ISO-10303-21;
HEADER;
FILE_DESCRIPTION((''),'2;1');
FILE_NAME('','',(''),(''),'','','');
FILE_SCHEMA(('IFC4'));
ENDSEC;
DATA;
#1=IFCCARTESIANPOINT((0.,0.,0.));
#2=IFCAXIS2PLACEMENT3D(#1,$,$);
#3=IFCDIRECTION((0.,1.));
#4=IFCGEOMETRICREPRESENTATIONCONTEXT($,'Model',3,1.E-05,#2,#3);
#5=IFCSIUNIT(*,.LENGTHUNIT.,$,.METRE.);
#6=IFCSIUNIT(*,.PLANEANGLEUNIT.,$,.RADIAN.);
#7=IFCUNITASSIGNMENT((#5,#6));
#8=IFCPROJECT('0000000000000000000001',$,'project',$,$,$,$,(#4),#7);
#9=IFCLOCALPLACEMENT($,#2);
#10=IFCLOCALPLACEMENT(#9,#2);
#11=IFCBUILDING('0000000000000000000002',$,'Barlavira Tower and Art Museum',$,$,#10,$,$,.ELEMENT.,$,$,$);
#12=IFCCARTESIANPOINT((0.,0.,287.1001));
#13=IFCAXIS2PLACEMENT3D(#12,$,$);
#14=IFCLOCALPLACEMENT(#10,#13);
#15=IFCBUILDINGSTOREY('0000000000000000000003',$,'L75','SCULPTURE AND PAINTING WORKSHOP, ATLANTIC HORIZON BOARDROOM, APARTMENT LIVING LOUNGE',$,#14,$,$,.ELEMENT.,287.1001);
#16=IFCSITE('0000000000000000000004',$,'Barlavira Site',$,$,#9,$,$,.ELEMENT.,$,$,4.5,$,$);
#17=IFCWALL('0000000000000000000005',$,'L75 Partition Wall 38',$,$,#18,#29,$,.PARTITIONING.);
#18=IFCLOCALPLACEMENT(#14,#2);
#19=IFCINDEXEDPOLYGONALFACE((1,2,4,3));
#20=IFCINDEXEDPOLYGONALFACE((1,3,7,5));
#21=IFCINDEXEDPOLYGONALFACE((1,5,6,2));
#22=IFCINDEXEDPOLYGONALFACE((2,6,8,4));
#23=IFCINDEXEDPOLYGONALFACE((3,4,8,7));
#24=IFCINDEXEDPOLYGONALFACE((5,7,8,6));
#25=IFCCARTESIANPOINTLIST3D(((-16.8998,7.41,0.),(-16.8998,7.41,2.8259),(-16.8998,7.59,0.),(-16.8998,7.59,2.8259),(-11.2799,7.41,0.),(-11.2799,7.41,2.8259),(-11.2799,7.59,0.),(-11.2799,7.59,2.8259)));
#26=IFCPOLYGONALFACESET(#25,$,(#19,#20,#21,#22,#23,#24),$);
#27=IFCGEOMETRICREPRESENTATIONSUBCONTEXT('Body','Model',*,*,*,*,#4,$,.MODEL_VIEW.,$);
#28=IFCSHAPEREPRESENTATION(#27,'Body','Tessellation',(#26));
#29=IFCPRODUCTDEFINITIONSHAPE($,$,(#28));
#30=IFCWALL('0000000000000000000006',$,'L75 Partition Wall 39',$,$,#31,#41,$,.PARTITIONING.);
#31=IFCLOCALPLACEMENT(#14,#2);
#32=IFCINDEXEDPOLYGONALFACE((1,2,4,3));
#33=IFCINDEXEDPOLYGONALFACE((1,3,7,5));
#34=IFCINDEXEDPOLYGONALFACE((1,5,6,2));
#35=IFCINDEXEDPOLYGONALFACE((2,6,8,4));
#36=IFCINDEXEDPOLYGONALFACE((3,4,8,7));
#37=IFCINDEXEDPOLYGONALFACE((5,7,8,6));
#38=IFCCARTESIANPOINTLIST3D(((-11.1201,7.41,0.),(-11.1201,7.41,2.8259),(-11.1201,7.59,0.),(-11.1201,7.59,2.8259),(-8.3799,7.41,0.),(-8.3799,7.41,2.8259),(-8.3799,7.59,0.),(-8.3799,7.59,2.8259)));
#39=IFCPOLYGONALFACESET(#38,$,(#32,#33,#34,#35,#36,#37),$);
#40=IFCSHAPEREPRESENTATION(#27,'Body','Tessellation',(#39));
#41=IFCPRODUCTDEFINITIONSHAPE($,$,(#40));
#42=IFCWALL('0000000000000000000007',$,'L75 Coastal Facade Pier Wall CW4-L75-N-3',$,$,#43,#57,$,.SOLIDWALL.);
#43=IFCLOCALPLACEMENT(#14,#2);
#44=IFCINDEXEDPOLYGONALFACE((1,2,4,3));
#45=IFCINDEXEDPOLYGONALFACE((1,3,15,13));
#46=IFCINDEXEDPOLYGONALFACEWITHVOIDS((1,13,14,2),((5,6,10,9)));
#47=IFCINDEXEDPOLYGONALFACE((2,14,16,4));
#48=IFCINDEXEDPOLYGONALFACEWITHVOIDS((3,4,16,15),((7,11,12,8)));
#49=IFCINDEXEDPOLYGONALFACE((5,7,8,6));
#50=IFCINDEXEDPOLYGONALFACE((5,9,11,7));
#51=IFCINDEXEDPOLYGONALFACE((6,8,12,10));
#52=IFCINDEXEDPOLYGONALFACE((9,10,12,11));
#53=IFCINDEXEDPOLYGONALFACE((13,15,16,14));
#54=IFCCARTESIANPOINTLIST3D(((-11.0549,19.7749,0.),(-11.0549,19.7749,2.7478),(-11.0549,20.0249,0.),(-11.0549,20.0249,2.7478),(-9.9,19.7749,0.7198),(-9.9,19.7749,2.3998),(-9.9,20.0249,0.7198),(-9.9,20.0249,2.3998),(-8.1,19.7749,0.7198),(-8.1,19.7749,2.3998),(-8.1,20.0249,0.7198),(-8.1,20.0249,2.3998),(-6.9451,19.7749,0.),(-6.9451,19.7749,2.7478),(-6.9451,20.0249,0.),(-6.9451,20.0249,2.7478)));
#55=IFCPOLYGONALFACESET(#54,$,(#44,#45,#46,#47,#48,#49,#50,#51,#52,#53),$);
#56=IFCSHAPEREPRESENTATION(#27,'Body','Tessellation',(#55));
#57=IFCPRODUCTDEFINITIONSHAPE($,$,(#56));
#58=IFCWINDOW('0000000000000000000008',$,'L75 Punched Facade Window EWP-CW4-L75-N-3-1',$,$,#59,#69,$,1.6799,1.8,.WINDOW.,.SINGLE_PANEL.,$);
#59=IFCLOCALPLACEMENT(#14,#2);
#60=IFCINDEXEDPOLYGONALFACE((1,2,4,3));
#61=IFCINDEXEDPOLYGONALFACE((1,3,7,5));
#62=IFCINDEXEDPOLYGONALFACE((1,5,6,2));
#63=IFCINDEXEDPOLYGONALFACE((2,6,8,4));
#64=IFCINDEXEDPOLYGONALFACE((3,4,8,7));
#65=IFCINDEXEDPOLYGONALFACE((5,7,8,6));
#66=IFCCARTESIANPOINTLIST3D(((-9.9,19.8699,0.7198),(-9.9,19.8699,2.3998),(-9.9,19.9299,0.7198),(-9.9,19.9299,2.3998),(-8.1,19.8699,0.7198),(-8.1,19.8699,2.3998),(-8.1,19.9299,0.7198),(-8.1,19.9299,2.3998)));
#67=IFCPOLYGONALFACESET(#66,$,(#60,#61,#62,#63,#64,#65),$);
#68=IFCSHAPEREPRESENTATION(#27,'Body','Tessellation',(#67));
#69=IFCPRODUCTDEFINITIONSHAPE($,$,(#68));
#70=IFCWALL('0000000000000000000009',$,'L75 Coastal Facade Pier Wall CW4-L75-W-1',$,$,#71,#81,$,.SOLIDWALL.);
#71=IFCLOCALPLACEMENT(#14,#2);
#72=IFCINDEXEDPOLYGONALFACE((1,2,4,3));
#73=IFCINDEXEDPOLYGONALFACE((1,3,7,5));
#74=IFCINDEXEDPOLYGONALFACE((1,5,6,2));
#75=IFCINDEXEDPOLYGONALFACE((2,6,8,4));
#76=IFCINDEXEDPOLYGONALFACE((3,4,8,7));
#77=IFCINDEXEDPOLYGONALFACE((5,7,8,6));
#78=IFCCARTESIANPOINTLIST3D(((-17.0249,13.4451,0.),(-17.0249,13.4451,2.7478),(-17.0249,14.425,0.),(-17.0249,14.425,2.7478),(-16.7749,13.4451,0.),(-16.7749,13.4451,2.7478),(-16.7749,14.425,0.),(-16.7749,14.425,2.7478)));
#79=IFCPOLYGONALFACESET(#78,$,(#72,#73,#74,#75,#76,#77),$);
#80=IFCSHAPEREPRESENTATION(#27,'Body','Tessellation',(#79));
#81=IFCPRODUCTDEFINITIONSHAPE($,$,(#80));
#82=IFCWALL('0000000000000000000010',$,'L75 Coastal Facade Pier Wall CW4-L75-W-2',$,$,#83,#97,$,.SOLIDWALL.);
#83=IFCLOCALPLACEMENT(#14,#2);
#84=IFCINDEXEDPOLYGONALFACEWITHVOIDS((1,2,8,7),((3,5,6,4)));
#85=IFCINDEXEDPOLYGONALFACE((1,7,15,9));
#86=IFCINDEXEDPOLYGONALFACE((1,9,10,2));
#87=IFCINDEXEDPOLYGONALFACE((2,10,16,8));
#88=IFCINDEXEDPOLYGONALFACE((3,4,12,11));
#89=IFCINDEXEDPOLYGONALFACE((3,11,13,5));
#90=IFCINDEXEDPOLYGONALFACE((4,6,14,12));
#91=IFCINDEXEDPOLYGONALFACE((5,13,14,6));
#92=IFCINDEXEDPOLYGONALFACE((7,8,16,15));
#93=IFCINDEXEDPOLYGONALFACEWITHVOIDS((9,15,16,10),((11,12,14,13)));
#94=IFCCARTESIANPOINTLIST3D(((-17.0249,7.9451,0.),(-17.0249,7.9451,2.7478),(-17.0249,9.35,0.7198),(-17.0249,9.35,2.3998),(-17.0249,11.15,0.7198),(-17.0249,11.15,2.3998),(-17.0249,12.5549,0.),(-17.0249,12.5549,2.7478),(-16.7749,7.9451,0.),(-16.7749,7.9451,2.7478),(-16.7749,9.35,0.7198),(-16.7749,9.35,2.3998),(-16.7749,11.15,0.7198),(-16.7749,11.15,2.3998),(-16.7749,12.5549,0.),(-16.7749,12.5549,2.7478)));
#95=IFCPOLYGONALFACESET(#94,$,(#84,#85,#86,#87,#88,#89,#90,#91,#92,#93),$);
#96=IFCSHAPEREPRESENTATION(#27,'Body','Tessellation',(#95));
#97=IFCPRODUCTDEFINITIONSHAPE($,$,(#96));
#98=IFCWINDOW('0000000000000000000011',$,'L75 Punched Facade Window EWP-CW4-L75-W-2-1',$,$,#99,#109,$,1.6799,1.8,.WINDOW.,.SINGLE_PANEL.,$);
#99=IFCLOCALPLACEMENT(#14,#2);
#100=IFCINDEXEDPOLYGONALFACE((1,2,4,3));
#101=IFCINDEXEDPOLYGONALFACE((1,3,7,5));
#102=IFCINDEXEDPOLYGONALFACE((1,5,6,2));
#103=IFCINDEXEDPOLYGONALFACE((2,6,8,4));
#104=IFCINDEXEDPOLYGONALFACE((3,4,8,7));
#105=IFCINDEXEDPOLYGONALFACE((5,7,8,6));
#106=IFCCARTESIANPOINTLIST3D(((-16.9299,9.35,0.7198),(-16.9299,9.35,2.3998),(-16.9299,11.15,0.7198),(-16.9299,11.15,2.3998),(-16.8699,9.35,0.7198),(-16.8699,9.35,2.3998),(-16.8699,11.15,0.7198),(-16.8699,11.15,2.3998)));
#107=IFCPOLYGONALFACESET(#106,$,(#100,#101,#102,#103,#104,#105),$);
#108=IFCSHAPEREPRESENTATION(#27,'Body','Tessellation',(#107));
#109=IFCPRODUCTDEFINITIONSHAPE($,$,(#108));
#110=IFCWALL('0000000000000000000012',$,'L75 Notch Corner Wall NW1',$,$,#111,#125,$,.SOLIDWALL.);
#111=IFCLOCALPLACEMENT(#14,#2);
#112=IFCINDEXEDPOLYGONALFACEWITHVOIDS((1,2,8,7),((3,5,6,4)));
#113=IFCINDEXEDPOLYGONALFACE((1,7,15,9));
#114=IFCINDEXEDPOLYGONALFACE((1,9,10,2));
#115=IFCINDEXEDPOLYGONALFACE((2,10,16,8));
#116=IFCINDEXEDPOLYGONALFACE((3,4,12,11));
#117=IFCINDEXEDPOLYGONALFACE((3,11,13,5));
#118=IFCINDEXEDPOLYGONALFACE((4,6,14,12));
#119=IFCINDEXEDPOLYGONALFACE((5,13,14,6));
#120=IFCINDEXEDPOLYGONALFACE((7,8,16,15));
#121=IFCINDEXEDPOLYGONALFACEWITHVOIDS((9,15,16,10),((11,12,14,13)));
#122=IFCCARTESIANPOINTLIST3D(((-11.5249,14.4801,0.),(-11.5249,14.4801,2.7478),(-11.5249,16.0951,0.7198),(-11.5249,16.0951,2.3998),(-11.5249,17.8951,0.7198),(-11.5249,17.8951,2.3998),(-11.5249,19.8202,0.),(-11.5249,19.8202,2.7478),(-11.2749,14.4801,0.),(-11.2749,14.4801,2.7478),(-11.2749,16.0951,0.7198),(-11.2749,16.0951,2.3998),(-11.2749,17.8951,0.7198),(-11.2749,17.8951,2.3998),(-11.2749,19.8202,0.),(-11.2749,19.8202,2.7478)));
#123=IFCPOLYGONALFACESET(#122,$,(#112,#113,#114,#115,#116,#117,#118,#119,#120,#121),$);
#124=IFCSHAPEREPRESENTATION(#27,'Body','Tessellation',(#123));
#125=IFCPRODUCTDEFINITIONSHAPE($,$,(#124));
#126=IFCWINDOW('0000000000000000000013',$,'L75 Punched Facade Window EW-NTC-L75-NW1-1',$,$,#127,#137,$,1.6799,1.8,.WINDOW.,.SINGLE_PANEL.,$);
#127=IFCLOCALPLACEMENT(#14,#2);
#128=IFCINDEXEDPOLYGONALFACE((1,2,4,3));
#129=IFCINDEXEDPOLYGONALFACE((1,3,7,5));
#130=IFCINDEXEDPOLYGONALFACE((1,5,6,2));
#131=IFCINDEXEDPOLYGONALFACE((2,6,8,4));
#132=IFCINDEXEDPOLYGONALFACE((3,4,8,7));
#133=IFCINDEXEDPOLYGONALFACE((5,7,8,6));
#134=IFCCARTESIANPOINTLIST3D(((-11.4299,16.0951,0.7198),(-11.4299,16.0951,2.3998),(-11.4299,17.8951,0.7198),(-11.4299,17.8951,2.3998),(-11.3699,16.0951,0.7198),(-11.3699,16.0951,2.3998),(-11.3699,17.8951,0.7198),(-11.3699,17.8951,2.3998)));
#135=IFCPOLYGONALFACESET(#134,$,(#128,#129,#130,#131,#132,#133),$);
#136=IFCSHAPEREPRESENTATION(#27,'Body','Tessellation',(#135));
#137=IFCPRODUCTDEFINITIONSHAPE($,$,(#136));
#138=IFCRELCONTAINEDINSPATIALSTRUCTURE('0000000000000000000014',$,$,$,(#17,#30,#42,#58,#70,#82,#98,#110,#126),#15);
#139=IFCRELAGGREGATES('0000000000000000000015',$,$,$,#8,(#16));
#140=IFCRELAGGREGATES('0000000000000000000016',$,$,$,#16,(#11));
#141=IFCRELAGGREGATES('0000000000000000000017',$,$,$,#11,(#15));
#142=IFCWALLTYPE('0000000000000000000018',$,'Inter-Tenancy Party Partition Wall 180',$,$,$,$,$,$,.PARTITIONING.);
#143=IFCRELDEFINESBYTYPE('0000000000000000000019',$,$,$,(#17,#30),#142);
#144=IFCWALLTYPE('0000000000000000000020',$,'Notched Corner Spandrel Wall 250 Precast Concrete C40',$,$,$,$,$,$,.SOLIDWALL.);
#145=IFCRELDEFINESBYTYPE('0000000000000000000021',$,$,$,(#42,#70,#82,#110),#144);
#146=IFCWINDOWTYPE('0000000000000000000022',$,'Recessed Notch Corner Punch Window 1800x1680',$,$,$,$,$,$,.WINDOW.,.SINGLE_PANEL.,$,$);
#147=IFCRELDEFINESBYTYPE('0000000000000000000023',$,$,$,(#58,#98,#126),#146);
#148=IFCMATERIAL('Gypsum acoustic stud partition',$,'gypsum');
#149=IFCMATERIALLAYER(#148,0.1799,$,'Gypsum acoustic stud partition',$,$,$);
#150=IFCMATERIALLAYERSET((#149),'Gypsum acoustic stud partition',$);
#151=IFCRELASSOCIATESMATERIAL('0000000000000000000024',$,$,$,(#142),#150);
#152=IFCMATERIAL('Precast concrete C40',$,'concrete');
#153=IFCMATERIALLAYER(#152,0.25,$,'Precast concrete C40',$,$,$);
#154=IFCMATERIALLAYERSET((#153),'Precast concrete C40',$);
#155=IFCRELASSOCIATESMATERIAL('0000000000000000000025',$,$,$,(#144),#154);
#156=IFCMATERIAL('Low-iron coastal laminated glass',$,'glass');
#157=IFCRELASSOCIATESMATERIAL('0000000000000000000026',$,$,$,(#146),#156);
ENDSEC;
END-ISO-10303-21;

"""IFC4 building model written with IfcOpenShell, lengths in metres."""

from ifc_helpers import new_model, si_unit, direction, frame, frame_2d, origin, place, context, subcontext, project, spatial, rectangle, extrude, material, layer, layer_set, type_object, element, fill, save


model = new_model("IFC4")

# Units and contexts
model_context = context("Model", 3, precision=1e-05, world=origin(), true_north=direction((0.0, 1.0)))
body_context = subcontext(model_context, "Body", "Model", "MODEL_VIEW")
ifc_project = project(units=[si_unit("LENGTHUNIT", "METRE"), si_unit("PLANEANGLEUNIT", "RADIAN")], contexts=[model_context])

# Site, building, storey
site_placement = place(None, origin())
site = spatial("IfcSite", under=ifc_project, at=site_placement, Name="Barlavira Site", CompositionType="ELEMENT", RefElevation=4.5)
building_placement = place(site_placement, origin())
building = spatial("IfcBuilding", under=site, at=building_placement, Name="Barlavira Tower and Art Museum", CompositionType="ELEMENT")
storey_placement = place(building_placement, frame((0.0, 0.0, 287.1001)))
storey = spatial("IfcBuildingStorey", under=building, at=storey_placement, Name="L75", Description="SCULPTURE AND PAINTING WORKSHOP, ATLANTIC HORIZON BOARDROOM, APARTMENT LIVING LOUNGE", CompositionType="ELEMENT", Elevation=287.1001)

# Walls
ifc_material_1 = material(Name="Gypsum acoustic stud partition", Category="gypsum")
ifc_layer_1 = layer(ifc_material_1, 0.1799, Name="Gypsum acoustic stud partition")
ifc_layer_set_1 = layer_set([ifc_layer_1], Name="Gypsum acoustic stud partition")
wall_type_1 = type_object("IfcWallType", Name="Inter-Tenancy Party Partition Wall 180", PredefinedType="PARTITIONING", material=ifc_layer_set_1)
wall_1_placement = place(storey_placement, frame((-16.8999, 7.5, 0.0), z_axis=(0.0, 0.0, 1.0), x_axis=(1.0, 0.0, 0.0)))
element("IfcWall", 1, at=wall_1_placement, inside=storey, type_object=wall_type_1, Name="L75 Partition Wall 38", PredefinedType="PARTITIONING", context=body_context, shape_type="SweptSolid", body=[
    extrude(rectangle(XDim=5.6199, YDim=0.1799, at=frame_2d((2.8101, 0.0))), origin(), (0.0, 0.0, 1.0), 2.8259),
])
wall_2_placement = place(storey_placement, frame((-11.1201, 7.5, 0.0), z_axis=(0.0, 0.0, 1.0), x_axis=(1.0, 0.0, 0.0)))
element("IfcWall", 2, at=wall_2_placement, inside=storey, type_object=wall_type_1, Name="L75 Partition Wall 39", PredefinedType="PARTITIONING", context=body_context, shape_type="SweptSolid", body=[
    extrude(rectangle(XDim=2.7402, YDim=0.1799, at=frame_2d((1.3701, 0.0))), origin(), (0.0, 0.0, 1.0), 2.8259),
])

# Wall, opening, window
ifc_material_2 = material(Name="Precast concrete C40", Category="concrete")
ifc_layer_2 = layer(ifc_material_2, 0.25, Name="Precast concrete C40")
ifc_layer_set_2 = layer_set([ifc_layer_2], Name="Precast concrete C40")
wall_type_2 = type_object("IfcWallType", Name="Notched Corner Spandrel Wall 250 Precast Concrete C40", PredefinedType="SOLIDWALL", material=ifc_layer_set_2)
wall_3_placement = place(storey_placement, frame((-6.9451, 19.8999, 0.0), z_axis=(0.0, 0.0, 1.0), x_axis=(-1.0, 0.0, 0.0)))
wall_3 = element("IfcWall", 3, at=wall_3_placement, inside=storey, type_object=wall_type_2, Name="L75 Coastal Facade Pier Wall CW4-L75-N-3", PredefinedType="SOLIDWALL", context=body_context, shape_type="SweptSolid", body=[
    extrude(rectangle(XDim=4.1099, YDim=0.25, at=frame_2d((2.0549, 0.0))), origin(), (0.0, 0.0, 1.0), 2.7478),
])
opening_1_placement = place(wall_3_placement, frame((1.155, 0.0, 0.72)))
opening_1 = element("IfcOpeningElement", 4, at=opening_1_placement, cuts=wall_3, PredefinedType="OPENING", context=body_context, shape_type="SweptSolid", body=[
    extrude(rectangle(XDim=1.8, YDim=1.6799, at=frame_2d((0.8999, 0.8398))), frame((0.0, 0.135, 0.0), z_axis=(0.0, -1.0, 0.0), x_axis=(1.0, 0.0, 0.0)), (0.0, 0.0, 1.0), 0.27),
])
ifc_material_3 = material(Name="Low-iron coastal laminated glass", Category="glass")
window_type = type_object("IfcWindowType", Name="Recessed Notch Corner Punch Window 1800x1680", PartitioningType="SINGLE_PANEL", PredefinedType="WINDOW", material=ifc_material_3)
window_1_placement = place(opening_1_placement, origin())
window_1 = element("IfcWindow", 5, at=window_1_placement, inside=storey, type_object=window_type, Name="L75 Punched Facade Window EWP-CW4-L75-N-3-1", OverallHeight=1.6799, OverallWidth=1.8, PartitioningType="SINGLE_PANEL", PredefinedType="WINDOW", context=body_context, shape_type="SweptSolid", body=[
    extrude(rectangle(XDim=1.8, YDim=1.6799, at=frame_2d((0.8999, 0.8398))), frame((0.0, 0.03, 0.0), z_axis=(0.0, -1.0, 0.0), x_axis=(1.0, 0.0, 0.0)), (0.0, 0.0, 1.0), 0.0601),
])
fill(opening_1, window_1)

# Wall
wall_4_placement = place(storey_placement, frame((-16.8999, 14.425, 0.0), z_axis=(0.0, 0.0, 1.0), x_axis=(0.0, -1.0, 0.0)))
element("IfcWall", 6, at=wall_4_placement, inside=storey, type_object=wall_type_2, Name="L75 Coastal Facade Pier Wall CW4-L75-W-1", PredefinedType="SOLIDWALL", context=body_context, shape_type="SweptSolid", body=[
    extrude(rectangle(XDim=0.98, YDim=0.25, at=frame_2d((0.49, 0.0))), origin(), (0.0, 0.0, 1.0), 2.7478),
])

# Walls, openings, windows
wall_5_placement = place(storey_placement, frame((-16.8999, 12.5549, 0.0), z_axis=(0.0, 0.0, 1.0), x_axis=(0.0, -1.0, 0.0)))
wall_5 = element("IfcWall", 7, at=wall_5_placement, inside=storey, type_object=wall_type_2, Name="L75 Coastal Facade Pier Wall CW4-L75-W-2", PredefinedType="SOLIDWALL", context=body_context, shape_type="SweptSolid", body=[
    extrude(rectangle(XDim=4.6099, YDim=0.25, at=frame_2d((2.3049, 0.0))), origin(), (0.0, 0.0, 1.0), 2.7478),
])
opening_2_placement = place(wall_5_placement, frame((1.405, 0.0, 0.72)))
opening_2 = element("IfcOpeningElement", 8, at=opening_2_placement, cuts=wall_5, PredefinedType="OPENING", context=body_context, shape_type="SweptSolid", body=[
    extrude(rectangle(XDim=1.8, YDim=1.6799, at=frame_2d((0.8999, 0.8398))), frame((0.0, 0.135, 0.0), z_axis=(0.0, -1.0, 0.0), x_axis=(1.0, 0.0, 0.0)), (0.0, 0.0, 1.0), 0.27),
])
window_2_placement = place(opening_2_placement, origin())
window_2 = element("IfcWindow", 9, at=window_2_placement, inside=storey, type_object=window_type, Name="L75 Punched Facade Window EWP-CW4-L75-W-2-1", OverallHeight=1.6799, OverallWidth=1.8, PartitioningType="SINGLE_PANEL", PredefinedType="WINDOW", context=body_context, shape_type="SweptSolid", body=[
    extrude(rectangle(XDim=1.8, YDim=1.6799, at=frame_2d((0.8999, 0.8398))), frame((0.0, 0.03, 0.0), z_axis=(0.0, -1.0, 0.0), x_axis=(1.0, 0.0, 0.0)), (0.0, 0.0, 1.0), 0.0601),
])
fill(opening_2, window_2)
wall_6_placement = place(storey_placement, frame((-11.3999, 19.8201, 0.0), z_axis=(0.0, 0.0, 1.0), x_axis=(0.0, -1.0, 0.0)))
wall_6 = element("IfcWall", 10, at=wall_6_placement, inside=storey, type_object=wall_type_2, Name="L75 Notch Corner Wall NW1", PredefinedType="SOLIDWALL", context=body_context, shape_type="SweptSolid", body=[
    extrude(rectangle(XDim=5.3401, YDim=0.25, at=frame_2d((2.6699, 0.0))), origin(), (0.0, 0.0, 1.0), 2.7478),
])
opening_3_placement = place(wall_6_placement, frame((1.925, 0.0, 0.72)))
opening_3 = element("IfcOpeningElement", 11, at=opening_3_placement, cuts=wall_6, PredefinedType="OPENING", context=body_context, shape_type="SweptSolid", body=[
    extrude(rectangle(XDim=1.8, YDim=1.6799, at=frame_2d((0.8999, 0.8398))), frame((0.0, 0.135, 0.0), z_axis=(0.0, -1.0, 0.0), x_axis=(1.0, 0.0, 0.0)), (0.0, 0.0, 1.0), 0.27),
])
window_3_placement = place(opening_3_placement, origin())
window_3 = element("IfcWindow", 12, at=window_3_placement, inside=storey, type_object=window_type, Name="L75 Punched Facade Window EW-NTC-L75-NW1-1", OverallHeight=1.6799, OverallWidth=1.8, PartitioningType="SINGLE_PANEL", PredefinedType="WINDOW", context=body_context, shape_type="SweptSolid", body=[
    extrude(rectangle(XDim=1.8, YDim=1.6799, at=frame_2d((0.8999, 0.8398))), frame((0.0, 0.03, 0.0), z_axis=(0.0, -1.0, 0.0), x_axis=(1.0, 0.0, 0.0)), (0.0, 0.0, 1.0), 0.0601),
])
fill(opening_3, window_3)

save(model, "model.ifc")
